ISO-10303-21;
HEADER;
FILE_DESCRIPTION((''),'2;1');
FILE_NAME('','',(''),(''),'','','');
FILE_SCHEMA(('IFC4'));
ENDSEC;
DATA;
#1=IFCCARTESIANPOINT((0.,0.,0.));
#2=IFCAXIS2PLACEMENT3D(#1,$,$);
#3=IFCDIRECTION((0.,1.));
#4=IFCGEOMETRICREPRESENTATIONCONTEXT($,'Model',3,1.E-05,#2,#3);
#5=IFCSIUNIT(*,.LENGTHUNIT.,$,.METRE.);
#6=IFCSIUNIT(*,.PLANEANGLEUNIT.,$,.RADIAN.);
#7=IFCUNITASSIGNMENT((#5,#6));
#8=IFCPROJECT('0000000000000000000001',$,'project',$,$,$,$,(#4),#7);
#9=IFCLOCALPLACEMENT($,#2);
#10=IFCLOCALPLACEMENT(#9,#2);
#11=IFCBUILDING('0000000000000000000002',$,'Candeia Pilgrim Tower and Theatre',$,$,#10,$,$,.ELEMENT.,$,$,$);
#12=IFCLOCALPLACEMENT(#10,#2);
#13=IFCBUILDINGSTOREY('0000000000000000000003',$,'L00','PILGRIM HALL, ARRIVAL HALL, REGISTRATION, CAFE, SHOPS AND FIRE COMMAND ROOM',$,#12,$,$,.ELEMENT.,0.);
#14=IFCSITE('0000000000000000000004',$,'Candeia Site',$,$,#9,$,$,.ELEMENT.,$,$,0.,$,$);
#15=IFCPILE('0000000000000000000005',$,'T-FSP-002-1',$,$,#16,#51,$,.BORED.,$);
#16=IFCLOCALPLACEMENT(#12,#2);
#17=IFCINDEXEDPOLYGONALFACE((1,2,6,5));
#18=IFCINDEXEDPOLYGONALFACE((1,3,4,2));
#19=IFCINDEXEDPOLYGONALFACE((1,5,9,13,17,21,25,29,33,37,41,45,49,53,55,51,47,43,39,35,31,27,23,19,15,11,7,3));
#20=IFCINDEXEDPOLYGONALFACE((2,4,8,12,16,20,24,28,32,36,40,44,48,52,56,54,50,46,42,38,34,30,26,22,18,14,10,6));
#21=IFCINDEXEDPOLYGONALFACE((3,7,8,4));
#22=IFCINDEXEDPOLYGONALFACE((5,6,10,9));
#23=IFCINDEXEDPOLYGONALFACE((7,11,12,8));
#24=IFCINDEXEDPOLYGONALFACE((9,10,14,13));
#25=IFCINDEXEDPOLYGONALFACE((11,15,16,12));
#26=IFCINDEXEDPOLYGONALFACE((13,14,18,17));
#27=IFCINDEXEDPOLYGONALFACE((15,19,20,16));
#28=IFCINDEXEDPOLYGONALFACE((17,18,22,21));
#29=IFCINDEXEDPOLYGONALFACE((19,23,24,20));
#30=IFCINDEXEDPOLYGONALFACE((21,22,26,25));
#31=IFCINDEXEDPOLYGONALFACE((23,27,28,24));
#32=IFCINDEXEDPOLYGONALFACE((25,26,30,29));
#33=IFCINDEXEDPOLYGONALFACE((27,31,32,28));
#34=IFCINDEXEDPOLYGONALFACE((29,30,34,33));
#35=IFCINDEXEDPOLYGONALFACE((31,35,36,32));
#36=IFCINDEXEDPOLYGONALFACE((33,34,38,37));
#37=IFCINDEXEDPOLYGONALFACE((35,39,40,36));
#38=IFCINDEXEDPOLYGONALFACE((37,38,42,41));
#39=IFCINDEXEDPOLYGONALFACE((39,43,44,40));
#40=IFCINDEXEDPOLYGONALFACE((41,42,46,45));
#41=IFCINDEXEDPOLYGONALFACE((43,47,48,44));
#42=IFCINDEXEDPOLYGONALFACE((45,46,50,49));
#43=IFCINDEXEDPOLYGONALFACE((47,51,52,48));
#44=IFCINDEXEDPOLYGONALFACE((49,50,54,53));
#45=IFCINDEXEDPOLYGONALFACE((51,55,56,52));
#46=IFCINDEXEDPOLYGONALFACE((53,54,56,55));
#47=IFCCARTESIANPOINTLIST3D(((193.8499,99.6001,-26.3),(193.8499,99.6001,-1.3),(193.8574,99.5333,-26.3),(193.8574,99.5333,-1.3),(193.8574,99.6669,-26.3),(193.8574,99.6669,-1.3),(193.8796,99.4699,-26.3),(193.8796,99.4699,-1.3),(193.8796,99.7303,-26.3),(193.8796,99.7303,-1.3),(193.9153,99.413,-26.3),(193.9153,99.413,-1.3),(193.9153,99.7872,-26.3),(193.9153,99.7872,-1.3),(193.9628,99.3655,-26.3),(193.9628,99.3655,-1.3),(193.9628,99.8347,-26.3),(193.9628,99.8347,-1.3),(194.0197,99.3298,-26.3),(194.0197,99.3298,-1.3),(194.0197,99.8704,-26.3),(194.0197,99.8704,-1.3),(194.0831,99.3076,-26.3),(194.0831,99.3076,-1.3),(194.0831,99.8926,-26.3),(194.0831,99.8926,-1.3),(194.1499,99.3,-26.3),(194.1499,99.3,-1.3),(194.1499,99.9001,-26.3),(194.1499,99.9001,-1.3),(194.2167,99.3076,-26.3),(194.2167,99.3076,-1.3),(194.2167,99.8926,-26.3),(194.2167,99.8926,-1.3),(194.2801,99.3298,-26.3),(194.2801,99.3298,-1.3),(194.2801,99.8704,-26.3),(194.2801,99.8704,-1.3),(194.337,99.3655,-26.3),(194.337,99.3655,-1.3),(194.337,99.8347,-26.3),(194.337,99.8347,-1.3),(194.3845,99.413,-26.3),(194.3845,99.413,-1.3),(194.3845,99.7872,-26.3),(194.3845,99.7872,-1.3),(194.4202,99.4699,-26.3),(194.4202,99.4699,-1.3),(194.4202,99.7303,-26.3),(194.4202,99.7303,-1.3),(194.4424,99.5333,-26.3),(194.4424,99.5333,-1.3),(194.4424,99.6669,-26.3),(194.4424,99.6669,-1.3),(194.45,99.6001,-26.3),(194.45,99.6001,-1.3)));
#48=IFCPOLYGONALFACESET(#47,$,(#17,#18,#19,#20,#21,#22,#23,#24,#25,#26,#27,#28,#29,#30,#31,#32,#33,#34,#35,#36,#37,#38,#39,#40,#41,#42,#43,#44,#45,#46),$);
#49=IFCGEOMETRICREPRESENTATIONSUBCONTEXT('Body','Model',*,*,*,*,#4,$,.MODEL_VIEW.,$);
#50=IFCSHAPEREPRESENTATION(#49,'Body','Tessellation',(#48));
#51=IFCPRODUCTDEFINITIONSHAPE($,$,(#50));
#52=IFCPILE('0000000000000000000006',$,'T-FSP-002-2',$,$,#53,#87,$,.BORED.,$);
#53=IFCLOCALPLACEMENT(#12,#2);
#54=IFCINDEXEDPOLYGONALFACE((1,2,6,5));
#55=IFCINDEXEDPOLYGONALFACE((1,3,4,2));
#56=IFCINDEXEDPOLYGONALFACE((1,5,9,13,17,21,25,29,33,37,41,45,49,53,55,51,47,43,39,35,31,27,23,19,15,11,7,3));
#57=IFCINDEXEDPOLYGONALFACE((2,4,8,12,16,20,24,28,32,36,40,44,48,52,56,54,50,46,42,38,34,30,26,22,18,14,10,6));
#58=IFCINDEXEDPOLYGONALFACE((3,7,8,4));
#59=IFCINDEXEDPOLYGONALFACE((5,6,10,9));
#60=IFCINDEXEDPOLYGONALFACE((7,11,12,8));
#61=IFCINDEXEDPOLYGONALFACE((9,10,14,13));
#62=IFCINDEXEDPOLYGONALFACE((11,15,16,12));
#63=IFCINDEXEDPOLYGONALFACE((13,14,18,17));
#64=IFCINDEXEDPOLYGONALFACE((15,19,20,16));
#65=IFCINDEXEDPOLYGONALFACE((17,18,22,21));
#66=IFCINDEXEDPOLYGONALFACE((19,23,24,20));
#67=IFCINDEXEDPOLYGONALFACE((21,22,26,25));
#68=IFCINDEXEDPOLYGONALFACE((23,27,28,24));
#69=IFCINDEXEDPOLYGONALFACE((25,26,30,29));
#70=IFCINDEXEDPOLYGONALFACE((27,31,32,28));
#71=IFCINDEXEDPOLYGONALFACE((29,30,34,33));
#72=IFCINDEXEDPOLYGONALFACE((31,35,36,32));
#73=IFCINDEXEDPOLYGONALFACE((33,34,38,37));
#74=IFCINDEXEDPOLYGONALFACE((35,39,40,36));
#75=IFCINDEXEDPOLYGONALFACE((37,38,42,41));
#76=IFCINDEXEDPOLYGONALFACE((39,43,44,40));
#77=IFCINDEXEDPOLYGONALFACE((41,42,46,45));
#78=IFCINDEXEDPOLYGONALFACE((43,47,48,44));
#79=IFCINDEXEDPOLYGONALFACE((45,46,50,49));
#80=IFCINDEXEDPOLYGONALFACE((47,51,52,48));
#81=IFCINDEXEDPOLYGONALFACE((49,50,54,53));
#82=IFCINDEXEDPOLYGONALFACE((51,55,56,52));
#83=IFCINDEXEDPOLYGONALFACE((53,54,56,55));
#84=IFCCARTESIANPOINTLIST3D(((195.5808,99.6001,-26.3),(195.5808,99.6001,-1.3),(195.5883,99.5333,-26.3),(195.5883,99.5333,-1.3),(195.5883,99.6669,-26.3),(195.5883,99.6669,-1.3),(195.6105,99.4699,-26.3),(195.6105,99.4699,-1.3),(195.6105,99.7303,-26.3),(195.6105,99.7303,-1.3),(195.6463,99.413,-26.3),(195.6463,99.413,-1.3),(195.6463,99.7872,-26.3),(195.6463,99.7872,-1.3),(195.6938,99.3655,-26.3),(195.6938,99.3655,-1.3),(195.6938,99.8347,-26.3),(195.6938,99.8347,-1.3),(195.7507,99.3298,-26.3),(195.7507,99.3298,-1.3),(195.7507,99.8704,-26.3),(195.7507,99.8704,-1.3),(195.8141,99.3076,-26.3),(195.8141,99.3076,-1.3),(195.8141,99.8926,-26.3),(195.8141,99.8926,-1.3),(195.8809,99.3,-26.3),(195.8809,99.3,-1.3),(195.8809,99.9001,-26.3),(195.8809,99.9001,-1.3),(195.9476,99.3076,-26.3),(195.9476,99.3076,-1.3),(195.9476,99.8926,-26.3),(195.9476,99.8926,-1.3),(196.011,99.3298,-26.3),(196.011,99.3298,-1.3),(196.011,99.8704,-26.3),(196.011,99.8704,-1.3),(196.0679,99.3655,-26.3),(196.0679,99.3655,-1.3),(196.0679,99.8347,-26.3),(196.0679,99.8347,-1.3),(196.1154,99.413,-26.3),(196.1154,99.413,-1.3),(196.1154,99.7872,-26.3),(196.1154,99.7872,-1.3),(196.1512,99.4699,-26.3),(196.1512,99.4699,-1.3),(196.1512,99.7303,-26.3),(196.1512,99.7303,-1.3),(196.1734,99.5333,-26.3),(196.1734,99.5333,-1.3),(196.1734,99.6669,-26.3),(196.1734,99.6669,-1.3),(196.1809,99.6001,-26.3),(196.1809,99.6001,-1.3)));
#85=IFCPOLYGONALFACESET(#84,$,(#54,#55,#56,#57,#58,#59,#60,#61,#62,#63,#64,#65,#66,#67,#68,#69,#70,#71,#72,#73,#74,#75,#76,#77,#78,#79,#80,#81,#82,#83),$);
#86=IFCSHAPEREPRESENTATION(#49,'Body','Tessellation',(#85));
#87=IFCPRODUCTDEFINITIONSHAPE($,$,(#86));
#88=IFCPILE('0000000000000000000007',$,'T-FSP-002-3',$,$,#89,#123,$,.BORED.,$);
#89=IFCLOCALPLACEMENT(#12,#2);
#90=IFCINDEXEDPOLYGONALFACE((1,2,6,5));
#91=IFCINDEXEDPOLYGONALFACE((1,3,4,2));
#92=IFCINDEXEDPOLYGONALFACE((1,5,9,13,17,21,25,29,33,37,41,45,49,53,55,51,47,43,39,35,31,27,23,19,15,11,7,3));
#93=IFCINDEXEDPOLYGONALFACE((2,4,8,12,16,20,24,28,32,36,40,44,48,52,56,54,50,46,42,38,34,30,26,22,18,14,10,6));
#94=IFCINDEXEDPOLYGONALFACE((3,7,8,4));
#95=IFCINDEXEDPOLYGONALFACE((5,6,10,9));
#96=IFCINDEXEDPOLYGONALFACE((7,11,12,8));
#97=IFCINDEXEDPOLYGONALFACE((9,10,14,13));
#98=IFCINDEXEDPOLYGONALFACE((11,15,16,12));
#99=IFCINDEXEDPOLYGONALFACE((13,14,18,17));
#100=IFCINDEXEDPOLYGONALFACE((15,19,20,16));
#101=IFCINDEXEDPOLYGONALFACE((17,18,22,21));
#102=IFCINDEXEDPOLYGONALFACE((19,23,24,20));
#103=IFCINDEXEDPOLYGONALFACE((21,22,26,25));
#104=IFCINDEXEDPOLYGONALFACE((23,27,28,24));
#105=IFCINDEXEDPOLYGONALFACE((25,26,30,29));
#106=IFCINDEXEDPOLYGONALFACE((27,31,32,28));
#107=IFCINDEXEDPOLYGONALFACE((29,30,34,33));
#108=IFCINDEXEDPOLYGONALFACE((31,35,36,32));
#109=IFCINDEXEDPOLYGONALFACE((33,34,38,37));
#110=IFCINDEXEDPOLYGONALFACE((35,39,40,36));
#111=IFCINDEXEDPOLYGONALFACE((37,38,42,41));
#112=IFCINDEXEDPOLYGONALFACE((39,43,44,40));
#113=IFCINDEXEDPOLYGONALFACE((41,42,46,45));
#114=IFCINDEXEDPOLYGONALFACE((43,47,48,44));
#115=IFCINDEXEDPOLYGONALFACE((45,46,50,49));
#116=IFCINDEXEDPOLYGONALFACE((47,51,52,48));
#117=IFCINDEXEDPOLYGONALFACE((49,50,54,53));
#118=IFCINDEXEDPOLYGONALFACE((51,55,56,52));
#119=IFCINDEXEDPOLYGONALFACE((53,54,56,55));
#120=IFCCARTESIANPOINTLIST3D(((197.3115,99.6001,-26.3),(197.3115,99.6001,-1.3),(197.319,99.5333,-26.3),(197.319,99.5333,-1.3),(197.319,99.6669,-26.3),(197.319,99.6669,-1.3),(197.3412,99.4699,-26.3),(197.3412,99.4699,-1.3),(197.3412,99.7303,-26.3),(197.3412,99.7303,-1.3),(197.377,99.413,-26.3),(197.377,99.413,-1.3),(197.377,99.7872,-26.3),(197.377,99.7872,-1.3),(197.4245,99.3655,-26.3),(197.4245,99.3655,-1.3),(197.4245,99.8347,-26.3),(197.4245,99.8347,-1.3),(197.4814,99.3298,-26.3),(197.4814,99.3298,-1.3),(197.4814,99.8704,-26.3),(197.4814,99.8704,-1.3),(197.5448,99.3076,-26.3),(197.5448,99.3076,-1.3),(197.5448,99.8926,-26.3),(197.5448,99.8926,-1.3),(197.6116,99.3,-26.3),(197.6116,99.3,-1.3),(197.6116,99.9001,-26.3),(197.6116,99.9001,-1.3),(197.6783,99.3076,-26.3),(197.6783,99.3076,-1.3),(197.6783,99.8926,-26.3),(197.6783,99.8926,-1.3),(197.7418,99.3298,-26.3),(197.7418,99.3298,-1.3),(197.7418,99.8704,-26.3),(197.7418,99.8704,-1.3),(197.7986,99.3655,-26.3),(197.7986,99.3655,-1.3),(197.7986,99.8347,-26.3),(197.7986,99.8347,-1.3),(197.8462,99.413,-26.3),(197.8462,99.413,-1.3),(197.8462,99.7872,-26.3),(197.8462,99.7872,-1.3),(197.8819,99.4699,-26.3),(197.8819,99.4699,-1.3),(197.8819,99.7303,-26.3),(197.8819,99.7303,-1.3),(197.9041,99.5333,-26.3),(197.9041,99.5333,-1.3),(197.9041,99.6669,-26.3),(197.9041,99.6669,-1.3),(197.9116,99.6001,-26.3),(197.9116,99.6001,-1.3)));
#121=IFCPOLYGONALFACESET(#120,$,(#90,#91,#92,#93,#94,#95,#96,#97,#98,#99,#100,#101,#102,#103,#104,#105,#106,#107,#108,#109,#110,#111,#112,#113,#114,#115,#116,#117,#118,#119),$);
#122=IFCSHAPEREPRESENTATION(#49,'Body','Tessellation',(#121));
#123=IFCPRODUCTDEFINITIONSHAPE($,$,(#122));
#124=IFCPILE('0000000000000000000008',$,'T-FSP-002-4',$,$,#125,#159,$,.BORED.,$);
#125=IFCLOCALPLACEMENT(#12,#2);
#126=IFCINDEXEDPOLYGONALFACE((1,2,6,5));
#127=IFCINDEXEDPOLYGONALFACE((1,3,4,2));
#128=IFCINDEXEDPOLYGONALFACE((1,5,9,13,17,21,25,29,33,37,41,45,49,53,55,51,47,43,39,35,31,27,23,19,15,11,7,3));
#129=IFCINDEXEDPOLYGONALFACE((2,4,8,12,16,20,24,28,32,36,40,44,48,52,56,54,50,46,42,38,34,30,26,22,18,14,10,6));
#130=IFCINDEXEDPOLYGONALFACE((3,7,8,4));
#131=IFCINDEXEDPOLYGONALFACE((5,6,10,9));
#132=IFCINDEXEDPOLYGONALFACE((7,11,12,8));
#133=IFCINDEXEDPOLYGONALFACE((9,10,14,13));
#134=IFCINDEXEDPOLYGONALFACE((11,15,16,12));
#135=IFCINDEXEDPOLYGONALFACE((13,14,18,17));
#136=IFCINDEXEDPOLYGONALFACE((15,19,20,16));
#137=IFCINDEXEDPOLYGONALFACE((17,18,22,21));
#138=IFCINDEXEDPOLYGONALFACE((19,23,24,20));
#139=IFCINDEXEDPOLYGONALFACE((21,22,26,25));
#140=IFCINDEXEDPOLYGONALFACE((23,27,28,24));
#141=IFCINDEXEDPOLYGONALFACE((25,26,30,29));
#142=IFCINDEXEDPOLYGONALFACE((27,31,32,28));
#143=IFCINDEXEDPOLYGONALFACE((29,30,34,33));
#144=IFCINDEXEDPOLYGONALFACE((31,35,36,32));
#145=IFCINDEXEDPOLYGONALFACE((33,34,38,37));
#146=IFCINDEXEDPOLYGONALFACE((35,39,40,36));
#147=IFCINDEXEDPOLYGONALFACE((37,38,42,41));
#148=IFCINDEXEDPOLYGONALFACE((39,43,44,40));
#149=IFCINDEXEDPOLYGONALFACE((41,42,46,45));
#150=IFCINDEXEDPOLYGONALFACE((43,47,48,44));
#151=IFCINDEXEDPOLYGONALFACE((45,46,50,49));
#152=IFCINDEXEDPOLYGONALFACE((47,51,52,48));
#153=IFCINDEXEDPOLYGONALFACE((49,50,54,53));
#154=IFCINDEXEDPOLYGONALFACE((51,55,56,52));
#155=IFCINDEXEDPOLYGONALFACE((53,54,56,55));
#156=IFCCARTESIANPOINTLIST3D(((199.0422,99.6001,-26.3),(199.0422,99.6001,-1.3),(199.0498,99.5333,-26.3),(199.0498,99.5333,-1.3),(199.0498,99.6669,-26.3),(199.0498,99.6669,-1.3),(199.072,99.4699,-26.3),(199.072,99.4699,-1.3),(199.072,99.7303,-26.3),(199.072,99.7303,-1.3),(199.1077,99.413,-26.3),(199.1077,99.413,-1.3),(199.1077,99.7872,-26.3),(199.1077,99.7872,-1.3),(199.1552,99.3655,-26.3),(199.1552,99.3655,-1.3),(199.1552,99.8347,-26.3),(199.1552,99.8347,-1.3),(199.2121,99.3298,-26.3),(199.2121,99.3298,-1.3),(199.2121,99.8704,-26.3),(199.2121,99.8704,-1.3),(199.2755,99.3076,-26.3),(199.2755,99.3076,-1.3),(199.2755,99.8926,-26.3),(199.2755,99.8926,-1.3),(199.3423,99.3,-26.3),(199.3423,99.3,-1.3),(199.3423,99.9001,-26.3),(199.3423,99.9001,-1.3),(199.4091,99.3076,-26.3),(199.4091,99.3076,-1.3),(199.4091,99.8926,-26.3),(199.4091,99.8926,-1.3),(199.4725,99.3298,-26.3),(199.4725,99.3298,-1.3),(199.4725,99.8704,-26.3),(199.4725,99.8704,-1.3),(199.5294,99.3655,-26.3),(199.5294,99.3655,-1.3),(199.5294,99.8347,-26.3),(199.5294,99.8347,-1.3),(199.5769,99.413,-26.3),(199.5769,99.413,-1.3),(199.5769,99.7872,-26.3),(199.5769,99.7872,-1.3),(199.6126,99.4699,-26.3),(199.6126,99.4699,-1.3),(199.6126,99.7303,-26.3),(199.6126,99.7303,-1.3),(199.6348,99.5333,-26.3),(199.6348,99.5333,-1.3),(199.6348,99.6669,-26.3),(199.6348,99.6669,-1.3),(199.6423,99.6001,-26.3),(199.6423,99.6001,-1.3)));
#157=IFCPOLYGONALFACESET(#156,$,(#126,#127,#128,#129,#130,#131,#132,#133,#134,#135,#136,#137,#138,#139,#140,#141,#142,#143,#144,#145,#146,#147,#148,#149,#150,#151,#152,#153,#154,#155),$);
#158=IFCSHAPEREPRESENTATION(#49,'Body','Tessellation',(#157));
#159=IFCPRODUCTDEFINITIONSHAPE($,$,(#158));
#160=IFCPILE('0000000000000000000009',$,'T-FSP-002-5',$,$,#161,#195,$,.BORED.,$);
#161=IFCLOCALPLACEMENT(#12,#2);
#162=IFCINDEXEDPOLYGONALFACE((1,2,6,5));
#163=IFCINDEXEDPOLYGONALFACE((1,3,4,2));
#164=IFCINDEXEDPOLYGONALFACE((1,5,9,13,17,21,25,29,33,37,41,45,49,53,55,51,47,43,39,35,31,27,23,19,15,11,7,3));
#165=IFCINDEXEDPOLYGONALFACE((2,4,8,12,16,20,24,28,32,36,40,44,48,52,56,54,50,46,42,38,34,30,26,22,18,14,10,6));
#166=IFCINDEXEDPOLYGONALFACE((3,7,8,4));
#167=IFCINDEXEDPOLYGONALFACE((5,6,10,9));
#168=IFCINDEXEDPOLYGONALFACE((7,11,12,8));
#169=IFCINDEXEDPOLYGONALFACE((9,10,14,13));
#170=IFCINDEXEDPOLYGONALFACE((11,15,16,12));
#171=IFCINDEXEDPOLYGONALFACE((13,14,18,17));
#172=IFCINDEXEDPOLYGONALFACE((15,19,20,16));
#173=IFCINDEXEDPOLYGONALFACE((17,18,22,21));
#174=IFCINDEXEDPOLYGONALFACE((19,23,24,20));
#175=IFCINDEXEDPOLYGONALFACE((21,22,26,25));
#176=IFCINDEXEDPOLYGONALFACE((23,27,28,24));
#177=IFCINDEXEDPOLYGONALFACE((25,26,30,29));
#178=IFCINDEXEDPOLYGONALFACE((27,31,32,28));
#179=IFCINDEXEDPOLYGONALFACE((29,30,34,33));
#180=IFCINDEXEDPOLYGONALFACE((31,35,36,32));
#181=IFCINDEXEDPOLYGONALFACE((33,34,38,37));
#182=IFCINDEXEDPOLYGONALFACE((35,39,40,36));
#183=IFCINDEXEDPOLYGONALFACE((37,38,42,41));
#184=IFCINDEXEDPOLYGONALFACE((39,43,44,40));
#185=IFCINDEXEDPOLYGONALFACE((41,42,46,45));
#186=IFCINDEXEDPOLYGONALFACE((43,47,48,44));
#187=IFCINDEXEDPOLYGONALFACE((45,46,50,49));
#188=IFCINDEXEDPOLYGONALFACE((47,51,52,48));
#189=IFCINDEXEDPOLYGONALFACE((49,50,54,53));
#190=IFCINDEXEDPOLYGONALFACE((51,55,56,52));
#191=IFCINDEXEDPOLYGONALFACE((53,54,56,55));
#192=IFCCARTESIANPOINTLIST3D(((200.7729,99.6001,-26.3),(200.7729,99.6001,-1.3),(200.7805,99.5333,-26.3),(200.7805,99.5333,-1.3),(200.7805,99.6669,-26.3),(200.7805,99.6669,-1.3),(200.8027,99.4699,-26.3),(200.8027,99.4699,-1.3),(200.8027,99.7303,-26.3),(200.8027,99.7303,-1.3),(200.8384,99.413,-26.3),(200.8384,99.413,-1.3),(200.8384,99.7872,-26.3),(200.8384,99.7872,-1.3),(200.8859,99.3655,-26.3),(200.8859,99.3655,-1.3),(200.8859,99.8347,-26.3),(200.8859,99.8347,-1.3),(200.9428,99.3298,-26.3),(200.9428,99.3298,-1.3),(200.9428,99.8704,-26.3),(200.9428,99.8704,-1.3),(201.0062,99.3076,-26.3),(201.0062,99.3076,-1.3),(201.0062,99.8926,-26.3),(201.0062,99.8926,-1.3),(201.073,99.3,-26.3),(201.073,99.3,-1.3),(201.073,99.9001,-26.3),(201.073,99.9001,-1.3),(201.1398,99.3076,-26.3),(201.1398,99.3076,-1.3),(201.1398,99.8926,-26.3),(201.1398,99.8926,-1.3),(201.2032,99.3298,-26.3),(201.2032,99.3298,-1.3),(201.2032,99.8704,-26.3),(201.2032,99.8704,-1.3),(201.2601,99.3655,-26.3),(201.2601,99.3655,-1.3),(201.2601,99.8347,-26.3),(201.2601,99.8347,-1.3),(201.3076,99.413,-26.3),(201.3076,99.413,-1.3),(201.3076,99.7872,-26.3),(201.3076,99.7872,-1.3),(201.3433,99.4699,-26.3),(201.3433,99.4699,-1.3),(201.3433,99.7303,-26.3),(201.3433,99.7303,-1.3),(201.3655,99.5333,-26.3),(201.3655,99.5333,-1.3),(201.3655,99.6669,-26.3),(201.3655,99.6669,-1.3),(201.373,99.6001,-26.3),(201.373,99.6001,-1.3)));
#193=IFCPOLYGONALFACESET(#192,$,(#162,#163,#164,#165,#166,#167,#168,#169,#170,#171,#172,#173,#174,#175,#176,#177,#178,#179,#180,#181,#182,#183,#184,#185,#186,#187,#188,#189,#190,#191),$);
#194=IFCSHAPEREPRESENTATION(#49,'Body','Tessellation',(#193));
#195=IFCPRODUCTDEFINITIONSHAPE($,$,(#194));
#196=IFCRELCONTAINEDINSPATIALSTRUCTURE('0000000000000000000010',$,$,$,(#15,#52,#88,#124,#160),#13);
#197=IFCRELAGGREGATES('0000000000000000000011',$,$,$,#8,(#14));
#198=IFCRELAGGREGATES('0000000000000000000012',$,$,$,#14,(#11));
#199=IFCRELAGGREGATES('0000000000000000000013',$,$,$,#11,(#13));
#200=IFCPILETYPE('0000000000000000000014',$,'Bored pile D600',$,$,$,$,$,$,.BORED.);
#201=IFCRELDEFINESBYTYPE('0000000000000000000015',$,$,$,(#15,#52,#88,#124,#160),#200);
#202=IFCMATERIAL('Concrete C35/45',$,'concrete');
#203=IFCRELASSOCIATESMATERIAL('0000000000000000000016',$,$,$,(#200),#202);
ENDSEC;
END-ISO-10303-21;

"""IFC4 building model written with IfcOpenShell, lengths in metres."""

from ifc_helpers import new_model, si_unit, direction, frame, origin, origin_2d, place, context, subcontext, project, spatial, circle, extrude, material, type_object, element, save


model = new_model("IFC4")

# Units and contexts
model_context = context("Model", 3, precision=1e-05, world=origin(), true_north=direction((0.0, 1.0)))
body_context = subcontext(model_context, "Body", "Model", "MODEL_VIEW")
ifc_project = project(units=[si_unit("LENGTHUNIT", "METRE"), si_unit("PLANEANGLEUNIT", "RADIAN")], contexts=[model_context])

# Site, building, storey
site_placement = place(None, origin())
site = spatial("IfcSite", under=ifc_project, at=site_placement, Name="Candeia Site", CompositionType="ELEMENT", RefElevation=0.0)
building_placement = place(site_placement, origin())
building = spatial("IfcBuilding", under=site, at=building_placement, Name="Candeia Pilgrim Tower and Theatre", CompositionType="ELEMENT")
storey_placement = place(building_placement, origin())
storey = spatial("IfcBuildingStorey", under=building, at=storey_placement, Name="L00", Description="PILGRIM HALL, ARRIVAL HALL, REGISTRATION, CAFE, SHOPS AND FIRE COMMAND ROOM", CompositionType="ELEMENT", Elevation=0.0)

# Piles
ifc_material_1 = material(Name="Concrete C35/45", Category="concrete")
pile_type = type_object("IfcPileType", Name="Bored pile D600", PredefinedType="BORED", material=ifc_material_1)
for number, where, z_axis, x_axis, name in (
    (1, (194.1499, 99.6001, -1.3), (0.0, 0.0, -1.0), (1.0, 0.0, 0.0), "T-FSP-002-1"),
    (2, (195.8809, 99.6001, -1.3), (0.0, 0.0, -1.0), (1.0, 0.0, 0.0), "T-FSP-002-2"),
    (3, (197.6116, 99.6001, -1.3), (0.0, 0.0, -1.0), (1.0, 0.0, 0.0), "T-FSP-002-3"),
    (4, (199.3423, 99.6001, -1.3), (0.0, 0.0, -1.0), (1.0, 0.0, 0.0), "T-FSP-002-4"),
    (5, (201.073, 99.6001, -1.3), (0.0, 0.0, -1.0), (1.0, 0.0, 0.0), "T-FSP-002-5"),
):
    element("IfcPile", number, at=place(storey_placement, frame(where, z_axis=z_axis, x_axis=x_axis)), inside=storey, type_object=pile_type, Name=name, PredefinedType="BORED", context=body_context, shape_type="SweptSolid", body=[
        extrude(circle(Radius=0.3, at=origin_2d()), origin(), (0.0, 0.0, 1.0), 25.0),
    ])

save(model, "model.ifc")
